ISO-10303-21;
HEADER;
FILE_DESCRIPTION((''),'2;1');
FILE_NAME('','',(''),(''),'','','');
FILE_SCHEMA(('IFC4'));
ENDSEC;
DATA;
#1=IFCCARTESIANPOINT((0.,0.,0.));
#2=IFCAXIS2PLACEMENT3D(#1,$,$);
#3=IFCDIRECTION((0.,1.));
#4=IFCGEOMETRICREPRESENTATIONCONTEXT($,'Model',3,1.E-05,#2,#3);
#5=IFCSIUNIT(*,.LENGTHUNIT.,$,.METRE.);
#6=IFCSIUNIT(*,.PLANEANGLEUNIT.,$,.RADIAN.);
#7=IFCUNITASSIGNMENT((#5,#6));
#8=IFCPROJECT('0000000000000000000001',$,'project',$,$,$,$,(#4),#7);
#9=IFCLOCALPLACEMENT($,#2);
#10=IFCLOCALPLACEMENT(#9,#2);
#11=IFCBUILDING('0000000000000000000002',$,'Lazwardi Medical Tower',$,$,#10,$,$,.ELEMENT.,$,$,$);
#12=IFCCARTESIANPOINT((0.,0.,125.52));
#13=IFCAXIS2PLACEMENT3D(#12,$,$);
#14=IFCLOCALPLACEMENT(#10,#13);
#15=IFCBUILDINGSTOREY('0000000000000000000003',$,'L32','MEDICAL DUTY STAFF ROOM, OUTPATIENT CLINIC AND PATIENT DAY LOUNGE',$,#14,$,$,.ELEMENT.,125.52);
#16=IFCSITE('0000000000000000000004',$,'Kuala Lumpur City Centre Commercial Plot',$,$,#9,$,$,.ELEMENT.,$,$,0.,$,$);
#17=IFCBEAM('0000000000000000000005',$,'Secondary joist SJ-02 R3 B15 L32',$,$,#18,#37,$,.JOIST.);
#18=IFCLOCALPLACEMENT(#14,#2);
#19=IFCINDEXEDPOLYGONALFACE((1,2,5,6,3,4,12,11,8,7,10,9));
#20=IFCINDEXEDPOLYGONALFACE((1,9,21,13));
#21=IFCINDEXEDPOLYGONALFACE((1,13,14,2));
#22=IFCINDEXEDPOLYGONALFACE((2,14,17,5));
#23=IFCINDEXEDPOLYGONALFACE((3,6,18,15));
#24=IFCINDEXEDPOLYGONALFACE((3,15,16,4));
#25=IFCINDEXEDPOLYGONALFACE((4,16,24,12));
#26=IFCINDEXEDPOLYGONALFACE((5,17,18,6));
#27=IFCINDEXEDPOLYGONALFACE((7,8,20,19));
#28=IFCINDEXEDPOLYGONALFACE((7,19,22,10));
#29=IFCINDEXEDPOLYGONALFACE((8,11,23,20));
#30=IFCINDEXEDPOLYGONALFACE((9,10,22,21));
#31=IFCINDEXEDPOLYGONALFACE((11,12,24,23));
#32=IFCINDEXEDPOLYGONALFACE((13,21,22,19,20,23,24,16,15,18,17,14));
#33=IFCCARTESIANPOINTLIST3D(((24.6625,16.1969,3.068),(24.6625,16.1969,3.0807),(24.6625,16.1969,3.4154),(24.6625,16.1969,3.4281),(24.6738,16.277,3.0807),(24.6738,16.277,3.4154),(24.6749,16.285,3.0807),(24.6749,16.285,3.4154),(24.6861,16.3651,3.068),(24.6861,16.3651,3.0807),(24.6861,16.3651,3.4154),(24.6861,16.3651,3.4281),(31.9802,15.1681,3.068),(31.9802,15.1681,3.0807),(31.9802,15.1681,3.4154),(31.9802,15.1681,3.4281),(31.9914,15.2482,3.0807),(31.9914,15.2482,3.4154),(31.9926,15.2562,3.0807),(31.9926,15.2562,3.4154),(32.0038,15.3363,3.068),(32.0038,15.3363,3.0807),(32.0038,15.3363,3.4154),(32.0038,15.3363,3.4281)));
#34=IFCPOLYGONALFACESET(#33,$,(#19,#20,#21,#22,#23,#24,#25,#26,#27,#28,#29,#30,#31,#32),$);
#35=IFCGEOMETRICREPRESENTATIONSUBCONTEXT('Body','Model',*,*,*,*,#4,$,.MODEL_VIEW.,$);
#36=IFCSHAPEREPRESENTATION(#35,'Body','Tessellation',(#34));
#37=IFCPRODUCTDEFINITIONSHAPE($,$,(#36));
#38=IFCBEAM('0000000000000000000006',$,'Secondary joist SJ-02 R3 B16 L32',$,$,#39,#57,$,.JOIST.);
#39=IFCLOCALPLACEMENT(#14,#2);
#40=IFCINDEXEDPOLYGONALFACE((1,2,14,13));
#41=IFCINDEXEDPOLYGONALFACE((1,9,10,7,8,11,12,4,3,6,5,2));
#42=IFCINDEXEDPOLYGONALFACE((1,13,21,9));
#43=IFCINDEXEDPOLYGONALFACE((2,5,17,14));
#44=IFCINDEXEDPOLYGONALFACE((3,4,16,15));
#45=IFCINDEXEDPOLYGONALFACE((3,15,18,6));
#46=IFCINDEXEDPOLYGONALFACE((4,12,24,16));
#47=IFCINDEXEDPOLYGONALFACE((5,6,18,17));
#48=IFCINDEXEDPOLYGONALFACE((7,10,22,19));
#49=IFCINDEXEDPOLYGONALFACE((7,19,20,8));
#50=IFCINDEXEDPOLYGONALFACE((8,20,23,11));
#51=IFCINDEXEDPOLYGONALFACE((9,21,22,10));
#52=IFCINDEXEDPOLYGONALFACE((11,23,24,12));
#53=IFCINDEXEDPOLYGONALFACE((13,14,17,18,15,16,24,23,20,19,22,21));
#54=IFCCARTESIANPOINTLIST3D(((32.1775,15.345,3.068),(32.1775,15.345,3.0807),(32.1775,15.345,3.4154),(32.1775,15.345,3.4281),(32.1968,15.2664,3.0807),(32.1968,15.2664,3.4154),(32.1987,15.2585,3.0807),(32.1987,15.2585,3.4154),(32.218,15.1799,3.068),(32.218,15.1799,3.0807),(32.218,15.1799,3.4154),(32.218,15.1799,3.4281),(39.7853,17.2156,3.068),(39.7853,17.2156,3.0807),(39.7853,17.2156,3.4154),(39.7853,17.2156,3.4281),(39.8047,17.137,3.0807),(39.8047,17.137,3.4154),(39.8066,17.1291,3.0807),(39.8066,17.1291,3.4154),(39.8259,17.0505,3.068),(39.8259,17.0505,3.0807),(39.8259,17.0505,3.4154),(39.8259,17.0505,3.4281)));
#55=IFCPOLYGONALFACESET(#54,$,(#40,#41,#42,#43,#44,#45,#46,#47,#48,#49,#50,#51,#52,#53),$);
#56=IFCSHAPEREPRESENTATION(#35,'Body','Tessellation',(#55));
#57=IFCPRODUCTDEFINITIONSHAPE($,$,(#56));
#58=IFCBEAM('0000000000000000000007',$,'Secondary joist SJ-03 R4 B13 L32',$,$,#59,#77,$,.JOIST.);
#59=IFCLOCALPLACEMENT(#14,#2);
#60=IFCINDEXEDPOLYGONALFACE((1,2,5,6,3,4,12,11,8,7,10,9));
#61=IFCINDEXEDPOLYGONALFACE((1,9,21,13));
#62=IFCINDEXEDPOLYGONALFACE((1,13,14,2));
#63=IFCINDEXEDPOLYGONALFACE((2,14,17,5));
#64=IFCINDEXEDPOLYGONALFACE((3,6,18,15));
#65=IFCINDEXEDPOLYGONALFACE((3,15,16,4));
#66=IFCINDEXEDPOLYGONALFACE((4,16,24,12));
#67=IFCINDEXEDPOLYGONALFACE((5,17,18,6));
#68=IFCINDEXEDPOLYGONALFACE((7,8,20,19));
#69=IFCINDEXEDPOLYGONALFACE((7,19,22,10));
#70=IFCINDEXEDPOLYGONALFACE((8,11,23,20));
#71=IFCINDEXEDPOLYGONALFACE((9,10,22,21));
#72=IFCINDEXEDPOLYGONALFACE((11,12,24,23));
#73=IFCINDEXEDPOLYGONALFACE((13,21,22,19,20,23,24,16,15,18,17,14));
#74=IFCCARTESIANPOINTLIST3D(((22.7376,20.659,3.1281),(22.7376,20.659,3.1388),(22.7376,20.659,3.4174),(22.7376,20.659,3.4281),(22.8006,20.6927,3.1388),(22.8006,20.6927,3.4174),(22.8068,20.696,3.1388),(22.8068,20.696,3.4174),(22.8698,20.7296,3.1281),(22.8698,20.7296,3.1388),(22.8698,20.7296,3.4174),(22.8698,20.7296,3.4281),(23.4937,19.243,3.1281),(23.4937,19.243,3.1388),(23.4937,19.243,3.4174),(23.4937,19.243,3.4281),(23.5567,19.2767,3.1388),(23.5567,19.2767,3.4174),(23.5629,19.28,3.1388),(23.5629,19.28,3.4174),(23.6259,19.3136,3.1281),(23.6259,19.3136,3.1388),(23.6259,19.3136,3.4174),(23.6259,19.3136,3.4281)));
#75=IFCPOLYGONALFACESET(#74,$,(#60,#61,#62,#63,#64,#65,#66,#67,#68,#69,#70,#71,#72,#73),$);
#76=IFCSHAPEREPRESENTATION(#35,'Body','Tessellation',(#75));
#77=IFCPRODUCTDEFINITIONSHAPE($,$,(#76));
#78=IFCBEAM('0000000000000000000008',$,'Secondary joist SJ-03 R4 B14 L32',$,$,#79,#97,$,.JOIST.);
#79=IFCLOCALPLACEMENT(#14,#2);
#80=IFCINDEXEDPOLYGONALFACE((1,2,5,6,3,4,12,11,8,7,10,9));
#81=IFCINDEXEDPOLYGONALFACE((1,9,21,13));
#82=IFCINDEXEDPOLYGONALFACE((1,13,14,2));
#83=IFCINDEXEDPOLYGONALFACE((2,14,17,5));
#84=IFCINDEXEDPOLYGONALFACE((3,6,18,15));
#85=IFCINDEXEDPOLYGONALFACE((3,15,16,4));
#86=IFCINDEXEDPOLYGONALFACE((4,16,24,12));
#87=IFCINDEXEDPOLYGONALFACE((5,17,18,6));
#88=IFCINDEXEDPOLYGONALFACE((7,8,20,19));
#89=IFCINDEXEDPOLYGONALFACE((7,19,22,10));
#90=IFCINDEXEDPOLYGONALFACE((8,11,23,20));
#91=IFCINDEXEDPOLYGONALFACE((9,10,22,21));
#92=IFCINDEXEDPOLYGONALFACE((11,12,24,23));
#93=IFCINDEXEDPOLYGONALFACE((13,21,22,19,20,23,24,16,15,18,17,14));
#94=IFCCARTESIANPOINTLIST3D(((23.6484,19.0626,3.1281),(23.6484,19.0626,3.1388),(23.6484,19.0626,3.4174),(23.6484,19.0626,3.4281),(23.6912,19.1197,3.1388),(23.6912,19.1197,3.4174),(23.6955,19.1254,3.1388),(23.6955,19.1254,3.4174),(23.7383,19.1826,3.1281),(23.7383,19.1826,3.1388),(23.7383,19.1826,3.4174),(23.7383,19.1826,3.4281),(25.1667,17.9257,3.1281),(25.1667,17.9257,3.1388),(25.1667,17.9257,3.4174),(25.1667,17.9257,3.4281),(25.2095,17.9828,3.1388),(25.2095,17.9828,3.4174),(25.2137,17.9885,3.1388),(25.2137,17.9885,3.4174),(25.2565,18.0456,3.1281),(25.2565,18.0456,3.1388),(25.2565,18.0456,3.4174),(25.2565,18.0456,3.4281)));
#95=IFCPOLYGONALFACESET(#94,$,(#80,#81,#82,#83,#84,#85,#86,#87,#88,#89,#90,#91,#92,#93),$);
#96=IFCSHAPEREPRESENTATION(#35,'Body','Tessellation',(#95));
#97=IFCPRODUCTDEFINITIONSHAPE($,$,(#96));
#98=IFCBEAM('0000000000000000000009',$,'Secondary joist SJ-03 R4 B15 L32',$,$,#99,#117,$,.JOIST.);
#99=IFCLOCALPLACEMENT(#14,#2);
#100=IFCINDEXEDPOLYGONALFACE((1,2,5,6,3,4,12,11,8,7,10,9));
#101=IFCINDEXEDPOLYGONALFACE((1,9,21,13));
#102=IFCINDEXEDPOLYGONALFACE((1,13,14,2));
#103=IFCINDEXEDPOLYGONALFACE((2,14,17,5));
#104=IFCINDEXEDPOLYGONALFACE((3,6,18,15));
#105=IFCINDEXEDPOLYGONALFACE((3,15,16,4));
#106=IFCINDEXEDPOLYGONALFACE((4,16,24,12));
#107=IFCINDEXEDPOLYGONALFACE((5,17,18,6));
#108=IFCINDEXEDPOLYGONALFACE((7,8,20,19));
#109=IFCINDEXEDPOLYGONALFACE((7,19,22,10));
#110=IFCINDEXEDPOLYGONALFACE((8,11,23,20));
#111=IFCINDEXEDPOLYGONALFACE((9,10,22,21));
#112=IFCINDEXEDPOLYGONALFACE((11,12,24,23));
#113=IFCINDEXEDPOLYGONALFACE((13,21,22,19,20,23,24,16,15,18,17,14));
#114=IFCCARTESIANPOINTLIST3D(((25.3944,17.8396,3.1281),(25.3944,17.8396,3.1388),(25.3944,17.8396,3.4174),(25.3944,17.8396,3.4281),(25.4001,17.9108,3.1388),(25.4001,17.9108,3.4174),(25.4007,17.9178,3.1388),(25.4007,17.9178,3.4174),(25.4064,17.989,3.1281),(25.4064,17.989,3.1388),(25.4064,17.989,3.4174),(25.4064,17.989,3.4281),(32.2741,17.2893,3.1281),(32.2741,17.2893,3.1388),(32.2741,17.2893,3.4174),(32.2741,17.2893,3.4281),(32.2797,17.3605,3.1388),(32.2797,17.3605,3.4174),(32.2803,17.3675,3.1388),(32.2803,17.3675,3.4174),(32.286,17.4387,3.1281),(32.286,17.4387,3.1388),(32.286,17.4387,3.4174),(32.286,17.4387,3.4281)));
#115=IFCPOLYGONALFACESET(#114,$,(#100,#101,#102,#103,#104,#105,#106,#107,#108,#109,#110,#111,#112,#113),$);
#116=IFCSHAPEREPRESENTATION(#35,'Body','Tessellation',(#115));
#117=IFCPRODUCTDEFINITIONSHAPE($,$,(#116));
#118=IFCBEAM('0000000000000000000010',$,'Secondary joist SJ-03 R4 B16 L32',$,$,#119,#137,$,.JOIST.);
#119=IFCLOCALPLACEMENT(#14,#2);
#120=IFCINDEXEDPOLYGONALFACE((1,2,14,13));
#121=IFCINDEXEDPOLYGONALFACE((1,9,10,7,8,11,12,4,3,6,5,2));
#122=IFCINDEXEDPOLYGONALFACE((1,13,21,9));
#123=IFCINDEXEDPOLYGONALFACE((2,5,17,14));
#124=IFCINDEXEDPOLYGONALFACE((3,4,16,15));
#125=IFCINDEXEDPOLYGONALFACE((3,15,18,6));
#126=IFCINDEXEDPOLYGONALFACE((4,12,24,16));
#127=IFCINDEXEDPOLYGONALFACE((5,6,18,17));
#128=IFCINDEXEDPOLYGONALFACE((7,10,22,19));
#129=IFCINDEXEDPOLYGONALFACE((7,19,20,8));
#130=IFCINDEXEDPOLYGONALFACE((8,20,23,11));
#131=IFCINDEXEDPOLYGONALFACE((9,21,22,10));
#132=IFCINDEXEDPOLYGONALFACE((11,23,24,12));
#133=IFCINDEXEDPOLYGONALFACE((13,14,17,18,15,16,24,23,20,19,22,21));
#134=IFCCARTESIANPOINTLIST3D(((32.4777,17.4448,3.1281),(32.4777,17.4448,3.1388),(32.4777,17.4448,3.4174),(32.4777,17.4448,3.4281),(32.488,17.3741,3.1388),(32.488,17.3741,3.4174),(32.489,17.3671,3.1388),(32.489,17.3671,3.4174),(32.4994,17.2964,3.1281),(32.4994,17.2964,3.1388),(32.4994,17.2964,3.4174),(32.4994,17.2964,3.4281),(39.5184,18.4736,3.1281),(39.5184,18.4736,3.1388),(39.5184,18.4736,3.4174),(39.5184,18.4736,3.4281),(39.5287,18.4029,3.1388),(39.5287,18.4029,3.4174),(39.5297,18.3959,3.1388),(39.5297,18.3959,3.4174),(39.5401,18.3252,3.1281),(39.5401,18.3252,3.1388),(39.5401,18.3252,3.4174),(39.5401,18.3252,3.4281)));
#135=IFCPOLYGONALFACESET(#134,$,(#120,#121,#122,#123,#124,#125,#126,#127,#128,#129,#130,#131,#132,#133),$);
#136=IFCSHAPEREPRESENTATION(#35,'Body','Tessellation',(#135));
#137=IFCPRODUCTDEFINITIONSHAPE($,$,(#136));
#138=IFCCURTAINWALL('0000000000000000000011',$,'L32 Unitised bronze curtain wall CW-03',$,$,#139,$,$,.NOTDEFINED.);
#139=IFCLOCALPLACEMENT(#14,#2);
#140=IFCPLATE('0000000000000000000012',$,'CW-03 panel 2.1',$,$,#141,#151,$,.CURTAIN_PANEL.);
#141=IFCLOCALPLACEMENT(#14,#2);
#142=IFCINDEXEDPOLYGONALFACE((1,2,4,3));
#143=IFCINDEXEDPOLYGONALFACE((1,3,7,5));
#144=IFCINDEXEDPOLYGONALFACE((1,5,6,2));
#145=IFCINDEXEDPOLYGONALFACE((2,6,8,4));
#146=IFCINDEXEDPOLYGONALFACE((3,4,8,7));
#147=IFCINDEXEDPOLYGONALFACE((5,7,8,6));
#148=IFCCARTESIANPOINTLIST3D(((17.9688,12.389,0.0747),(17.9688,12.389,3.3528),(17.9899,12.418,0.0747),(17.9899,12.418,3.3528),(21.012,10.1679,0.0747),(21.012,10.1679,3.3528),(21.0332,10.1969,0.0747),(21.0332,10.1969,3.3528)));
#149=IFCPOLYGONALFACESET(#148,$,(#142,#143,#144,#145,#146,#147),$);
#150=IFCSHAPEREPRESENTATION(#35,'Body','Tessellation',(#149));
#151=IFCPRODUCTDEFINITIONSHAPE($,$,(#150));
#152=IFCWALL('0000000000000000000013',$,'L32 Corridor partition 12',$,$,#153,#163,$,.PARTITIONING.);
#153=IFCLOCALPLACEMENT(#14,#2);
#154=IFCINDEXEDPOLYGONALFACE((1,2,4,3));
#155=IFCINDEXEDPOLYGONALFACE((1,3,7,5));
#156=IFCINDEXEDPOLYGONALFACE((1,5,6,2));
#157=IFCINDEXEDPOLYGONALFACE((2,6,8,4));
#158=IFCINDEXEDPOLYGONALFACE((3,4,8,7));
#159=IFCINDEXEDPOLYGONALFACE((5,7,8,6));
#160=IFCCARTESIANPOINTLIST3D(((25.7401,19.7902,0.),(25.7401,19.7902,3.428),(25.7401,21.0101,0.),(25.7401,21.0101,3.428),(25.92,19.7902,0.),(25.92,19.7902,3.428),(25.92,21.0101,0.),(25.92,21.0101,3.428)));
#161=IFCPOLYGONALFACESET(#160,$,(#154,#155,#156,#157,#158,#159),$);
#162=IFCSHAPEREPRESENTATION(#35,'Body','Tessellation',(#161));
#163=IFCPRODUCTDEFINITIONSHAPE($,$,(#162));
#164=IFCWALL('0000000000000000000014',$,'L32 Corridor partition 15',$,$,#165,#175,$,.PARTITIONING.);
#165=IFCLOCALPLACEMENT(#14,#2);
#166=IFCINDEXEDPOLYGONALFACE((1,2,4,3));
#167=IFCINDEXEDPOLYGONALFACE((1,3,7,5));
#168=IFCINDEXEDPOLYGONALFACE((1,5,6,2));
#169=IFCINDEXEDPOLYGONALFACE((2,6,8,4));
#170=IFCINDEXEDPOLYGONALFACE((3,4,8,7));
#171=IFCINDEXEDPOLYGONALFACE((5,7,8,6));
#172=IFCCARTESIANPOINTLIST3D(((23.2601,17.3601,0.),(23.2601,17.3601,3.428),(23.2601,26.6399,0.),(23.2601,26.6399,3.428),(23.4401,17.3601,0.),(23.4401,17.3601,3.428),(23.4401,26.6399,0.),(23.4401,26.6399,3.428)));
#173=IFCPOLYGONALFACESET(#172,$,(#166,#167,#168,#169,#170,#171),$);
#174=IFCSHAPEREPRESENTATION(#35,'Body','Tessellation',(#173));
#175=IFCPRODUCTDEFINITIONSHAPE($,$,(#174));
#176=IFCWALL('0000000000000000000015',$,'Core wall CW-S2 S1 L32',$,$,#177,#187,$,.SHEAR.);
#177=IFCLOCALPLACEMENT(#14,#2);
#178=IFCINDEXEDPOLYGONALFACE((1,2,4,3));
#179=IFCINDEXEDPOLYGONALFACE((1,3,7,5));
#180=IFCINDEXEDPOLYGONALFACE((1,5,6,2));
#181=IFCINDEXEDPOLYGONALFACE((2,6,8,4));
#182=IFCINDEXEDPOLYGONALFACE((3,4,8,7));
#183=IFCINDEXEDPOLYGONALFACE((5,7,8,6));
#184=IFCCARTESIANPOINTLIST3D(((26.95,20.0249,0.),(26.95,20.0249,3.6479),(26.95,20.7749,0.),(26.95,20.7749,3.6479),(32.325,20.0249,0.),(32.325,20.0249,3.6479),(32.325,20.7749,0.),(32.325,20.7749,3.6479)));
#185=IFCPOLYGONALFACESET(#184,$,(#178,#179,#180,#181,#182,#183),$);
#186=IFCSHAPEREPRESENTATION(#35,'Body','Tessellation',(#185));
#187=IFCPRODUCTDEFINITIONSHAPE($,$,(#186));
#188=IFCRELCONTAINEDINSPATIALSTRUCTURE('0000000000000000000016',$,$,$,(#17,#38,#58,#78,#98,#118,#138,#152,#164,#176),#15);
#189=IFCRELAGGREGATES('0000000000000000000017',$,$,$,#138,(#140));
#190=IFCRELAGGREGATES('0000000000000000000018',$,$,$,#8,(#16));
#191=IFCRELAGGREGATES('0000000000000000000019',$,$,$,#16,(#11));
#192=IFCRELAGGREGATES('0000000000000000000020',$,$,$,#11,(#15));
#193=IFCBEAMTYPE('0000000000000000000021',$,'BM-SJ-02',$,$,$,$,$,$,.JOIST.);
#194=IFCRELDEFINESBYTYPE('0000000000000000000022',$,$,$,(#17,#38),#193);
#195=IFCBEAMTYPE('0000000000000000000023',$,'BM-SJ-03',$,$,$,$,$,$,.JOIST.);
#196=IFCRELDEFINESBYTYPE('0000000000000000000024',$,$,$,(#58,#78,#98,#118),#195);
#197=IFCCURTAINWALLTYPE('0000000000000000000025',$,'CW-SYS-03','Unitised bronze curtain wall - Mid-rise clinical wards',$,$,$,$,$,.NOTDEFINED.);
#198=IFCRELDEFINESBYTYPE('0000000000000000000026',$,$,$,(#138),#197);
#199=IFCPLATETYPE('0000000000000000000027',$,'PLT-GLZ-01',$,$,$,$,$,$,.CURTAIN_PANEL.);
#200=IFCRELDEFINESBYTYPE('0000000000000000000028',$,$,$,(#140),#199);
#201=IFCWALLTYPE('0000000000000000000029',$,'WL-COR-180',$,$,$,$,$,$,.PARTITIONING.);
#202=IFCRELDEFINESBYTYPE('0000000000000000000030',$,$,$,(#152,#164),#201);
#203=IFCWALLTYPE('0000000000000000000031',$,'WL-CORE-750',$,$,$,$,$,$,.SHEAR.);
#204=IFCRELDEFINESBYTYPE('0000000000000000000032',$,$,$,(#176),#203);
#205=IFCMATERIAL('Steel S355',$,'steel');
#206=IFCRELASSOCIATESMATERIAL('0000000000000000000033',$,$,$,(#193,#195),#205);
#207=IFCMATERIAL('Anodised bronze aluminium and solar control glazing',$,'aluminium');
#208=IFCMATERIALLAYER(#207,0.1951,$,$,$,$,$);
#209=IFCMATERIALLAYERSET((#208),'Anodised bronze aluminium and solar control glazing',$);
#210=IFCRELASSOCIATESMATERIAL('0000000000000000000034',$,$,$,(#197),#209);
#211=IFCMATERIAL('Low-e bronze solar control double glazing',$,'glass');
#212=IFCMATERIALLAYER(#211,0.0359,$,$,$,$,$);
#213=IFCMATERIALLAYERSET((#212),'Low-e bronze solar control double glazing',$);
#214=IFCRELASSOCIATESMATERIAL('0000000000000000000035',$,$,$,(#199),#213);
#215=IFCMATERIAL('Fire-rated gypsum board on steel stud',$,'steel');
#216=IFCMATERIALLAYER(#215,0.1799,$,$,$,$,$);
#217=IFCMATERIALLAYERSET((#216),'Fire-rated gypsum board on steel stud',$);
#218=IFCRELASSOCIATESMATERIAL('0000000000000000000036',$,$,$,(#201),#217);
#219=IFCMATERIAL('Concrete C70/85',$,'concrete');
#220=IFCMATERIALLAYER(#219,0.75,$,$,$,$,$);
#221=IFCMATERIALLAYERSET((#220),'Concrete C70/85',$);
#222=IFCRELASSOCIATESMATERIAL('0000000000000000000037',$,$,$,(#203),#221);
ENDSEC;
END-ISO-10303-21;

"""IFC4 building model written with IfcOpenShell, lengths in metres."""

from ifc_helpers import new_model, si_unit, direction, frame, frame_2d, origin, origin_2d, place, context, subcontext, project, spatial, rectangle, i_section, extrude, material, layer, layer_set, material_profile, profile_set, type_object, element, aggregate, save


model = new_model("IFC4")

# Units and contexts
model_context = context("Model", 3, precision=1e-05, world=origin(), true_north=direction((0.0, 1.0)))
body_context = subcontext(model_context, "Body", "Model", "MODEL_VIEW")
ifc_project = project(units=[si_unit("LENGTHUNIT", "METRE"), si_unit("PLANEANGLEUNIT", "RADIAN")], contexts=[model_context])

# Site, building, storey
site_placement = place(None, origin())
site = spatial("IfcSite", under=ifc_project, at=site_placement, Name="Kuala Lumpur City Centre Commercial Plot", CompositionType="ELEMENT", RefElevation=0.0)
building_placement = place(site_placement, origin())
building = spatial("IfcBuilding", under=site, at=building_placement, Name="Lazwardi Medical Tower", CompositionType="ELEMENT")
storey_placement = place(building_placement, frame((0.0, 0.0, 125.52)))
storey = spatial("IfcBuildingStorey", under=building, at=storey_placement, Name="L32", Description="MEDICAL DUTY STAFF ROOM, OUTPATIENT CLINIC AND PATIENT DAY LOUNGE", CompositionType="ELEMENT", Elevation=125.52)

# Shared definitions
ifc_material_1 = material(Name="Concrete C70/85", Category="concrete")

# Beams
ifc_material_2 = material(Name="Steel S355", Category="steel")
ifc_material_profile_1 = material_profile(ifc_material_2, i_section(OverallWidth=0.1699, OverallDepth=0.3601, WebThickness=0.0081, FlangeThickness=0.0127, at=origin_2d()), Name="IPE 360")
ifc_profile_set_1 = profile_set([ifc_material_profile_1], Name="Steel S355")
beam_type_1 = type_object("IfcBeamType", Name="BM-SJ-02", PredefinedType="JOIST", material=ifc_profile_set_1)
beam_1_placement = place(storey_placement, frame((24.6743, 16.281, 3.248), z_axis=(0.990261, -0.139224, 0.0), x_axis=(0.139224, 0.990261, 0.0)))
element("IfcBeam", 1, at=beam_1_placement, inside=storey, type_object=beam_type_1, Name="Secondary joist SJ-02 R3 B15 L32", PredefinedType="JOIST", context=body_context, shape_type="SweptSolid", body=[
    extrude(i_section(OverallWidth=0.1699, OverallDepth=0.3601, WebThickness=0.0081, FlangeThickness=0.0127, at=origin_2d()), origin(), (0.0, 0.0, 1.0), 7.3896),
])
beam_2_placement = place(storey_placement, frame((32.1978, 15.2625, 3.248), z_axis=(0.971077, 0.238765, 0.0), x_axis=(-0.238765, 0.971077, 0.0)))
element("IfcBeam", 2, at=beam_2_placement, inside=storey, type_object=beam_type_1, Name="Secondary joist SJ-02 R3 B16 L32", PredefinedType="JOIST", context=body_context, shape_type="SweptSolid", body=[
    extrude(i_section(OverallWidth=0.1699, OverallDepth=0.3601, WebThickness=0.0081, FlangeThickness=0.0127, at=origin_2d()), origin(), (0.0, 0.0, 1.0), 7.8345),
])
ifc_material_profile_2 = material_profile(ifc_material_2, i_section(OverallWidth=0.1499, OverallDepth=0.3, WebThickness=0.0071, FlangeThickness=0.0107, at=origin_2d()), Name="IPE 300")
ifc_profile_set_2 = profile_set([ifc_material_profile_2], Name="Steel S355")
beam_type_2 = type_object("IfcBeamType", Name="BM-SJ-03", PredefinedType="JOIST", material=ifc_profile_set_2)
beam_3_placement = place(storey_placement, frame((22.8037, 20.6943, 3.2781), z_axis=(0.471022, -0.882121, 0.0), x_axis=(0.882121, 0.471022, 0.0)))
element("IfcBeam", 3, at=beam_3_placement, inside=storey, type_object=beam_type_2, Name="Secondary joist SJ-03 R4 B13 L32", PredefinedType="JOIST", context=body_context, shape_type="SweptSolid", body=[
    extrude(i_section(OverallWidth=0.1499, OverallDepth=0.3, WebThickness=0.0071, FlangeThickness=0.0107, at=origin_2d()), origin(), (0.0, 0.0, 1.0), 1.6052),
])
beam_4_placement = place(storey_placement, frame((23.6934, 19.1226, 3.2781), z_axis=(0.800448, -0.599403, 0.0), x_axis=(0.599403, 0.800448, 0.0)))
element("IfcBeam", 4, at=beam_4_placement, inside=storey, type_object=beam_type_2, Name="Secondary joist SJ-03 R4 B14 L32", PredefinedType="JOIST", context=body_context, shape_type="SweptSolid", body=[
    extrude(i_section(OverallWidth=0.1499, OverallDepth=0.3, WebThickness=0.0071, FlangeThickness=0.0107, at=origin_2d()), origin(), (0.0, 0.0, 1.0), 1.8967),
])
beam_5_placement = place(storey_placement, frame((25.4004, 17.9143, 3.2781), z_axis=(0.996816, -0.079734, 0.0), x_axis=(0.079734, 0.996816, 0.0)))
element("IfcBeam", 5, at=beam_5_placement, inside=storey, type_object=beam_type_2, Name="Secondary joist SJ-03 R4 B15 L32", PredefinedType="JOIST", context=body_context, shape_type="SweptSolid", body=[
    extrude(i_section(OverallWidth=0.1499, OverallDepth=0.3, WebThickness=0.0071, FlangeThickness=0.0107, at=origin_2d()), origin(), (0.0, 0.0, 1.0), 6.9016),
])
beam_6_placement = place(storey_placement, frame((32.4885, 17.3706, 3.2781), z_axis=(0.989492, 0.144586, 0.0), x_axis=(-0.144586, 0.989492, 0.0)))
element("IfcBeam", 6, at=beam_6_placement, inside=storey, type_object=beam_type_2, Name="Secondary joist SJ-03 R4 B16 L32", PredefinedType="JOIST", context=body_context, shape_type="SweptSolid", body=[
    extrude(i_section(OverallWidth=0.1499, OverallDepth=0.3, WebThickness=0.0071, FlangeThickness=0.0107, at=origin_2d()), origin(), (0.0, 0.0, 1.0), 7.1155),
])

# Curtain wall, plate
ifc_material_3 = material(Name="Anodised bronze aluminium and solar control glazing", Category="aluminium")
ifc_layer_1 = layer(ifc_material_3, 0.1951)
ifc_layer_set_1 = layer_set([ifc_layer_1], Name="Anodised bronze aluminium and solar control glazing")
curtain_wall_type = type_object("IfcCurtainWallType", Name="CW-SYS-03", Description="Unitised bronze curtain wall - Mid-rise clinical wards", PredefinedType="NOTDEFINED", material=ifc_layer_set_1)
curtain_wall_placement = place(storey_placement, origin())
curtain_wall = element("IfcCurtainWall", 7, at=curtain_wall_placement, inside=storey, type_object=curtain_wall_type, Name="L32 Unitised bronze curtain wall CW-03", PredefinedType="NOTDEFINED")
ifc_material_4 = material(Name="Low-e bronze solar control double glazing", Category="glass")
ifc_layer_2 = layer(ifc_material_4, 0.0359)
ifc_layer_set_2 = layer_set([ifc_layer_2], Name="Low-e bronze solar control double glazing")
plate_type = type_object("IfcPlateType", Name="PLT-GLZ-01", PredefinedType="CURTAIN_PANEL", material=ifc_layer_set_2)
plate_placement = place(storey_placement, frame((19.501, 11.293, 0.0747), z_axis=(0.0, 0.0, 1.0), x_axis=(0.807746, -0.589531, 0.0)))
plate = element("IfcPlate", 8, at=plate_placement, type_object=plate_type, Name="CW-03 panel 2.1", PredefinedType="CURTAIN_PANEL", context=body_context, shape_type="SweptSolid", body=[
    extrude(rectangle(XDim=3.7676, YDim=0.0359, at=origin_2d()), origin(), (0.0, 0.0, 1.0), 3.2781),
])
aggregate(curtain_wall, [plate])

# Walls
ifc_material_5 = material(Name="Fire-rated gypsum board on steel stud", Category="steel")
ifc_layer_3 = layer(ifc_material_5, 0.1799)
ifc_layer_set_3 = layer_set([ifc_layer_3], Name="Fire-rated gypsum board on steel stud")
wall_type_1 = type_object("IfcWallType", Name="WL-COR-180", PredefinedType="PARTITIONING", material=ifc_layer_set_3)
wall_1_placement = place(storey_placement, frame((25.8301, 21.01, 0.0), z_axis=(0.0, 0.0, 1.0), x_axis=(0.0, -1.0, 0.0)))
element("IfcWall", 9, at=wall_1_placement, inside=storey, type_object=wall_type_1, Name="L32 Corridor partition 12", PredefinedType="PARTITIONING", context=body_context, shape_type="SweptSolid", body=[
    extrude(rectangle(XDim=1.22, YDim=0.1799, at=frame_2d((0.6099, 0.0))), origin(), (0.0, 0.0, 1.0), 3.428),
])
wall_2_placement = place(storey_placement, frame((23.3501, 17.3601, 0.0), z_axis=(0.0, 0.0, 1.0), x_axis=(0.0, 1.0, 0.0)))
element("IfcWall", 10, at=wall_2_placement, inside=storey, type_object=wall_type_1, Name="L32 Corridor partition 15", PredefinedType="PARTITIONING", context=body_context, shape_type="SweptSolid", body=[
    extrude(rectangle(XDim=9.2798, YDim=0.1799, at=frame_2d((4.6399, 0.0))), origin(), (0.0, 0.0, 1.0), 3.428),
])

# Shared definitions
ifc_layer_4 = layer(ifc_material_1, 0.75)
ifc_layer_set_4 = layer_set([ifc_layer_4], Name="Concrete C70/85")
wall_type_2 = type_object("IfcWallType", Name="WL-CORE-750", PredefinedType="SHEAR", material=ifc_layer_set_4)

# Wall
wall_3_placement = place(storey_placement, frame((26.95, 20.3999, 0.0), z_axis=(0.0, 0.0, 1.0), x_axis=(1.0, 0.0, 0.0)))
element("IfcWall", 11, at=wall_3_placement, inside=storey, type_object=wall_type_2, Name="Core wall CW-S2 S1 L32", PredefinedType="SHEAR", context=body_context, shape_type="SweptSolid", body=[
    extrude(rectangle(XDim=5.375, YDim=0.75, at=frame_2d((2.6875, 0.0))), origin(), (0.0, 0.0, 1.0), 3.6479),
])

save(model, "model.ifc")
